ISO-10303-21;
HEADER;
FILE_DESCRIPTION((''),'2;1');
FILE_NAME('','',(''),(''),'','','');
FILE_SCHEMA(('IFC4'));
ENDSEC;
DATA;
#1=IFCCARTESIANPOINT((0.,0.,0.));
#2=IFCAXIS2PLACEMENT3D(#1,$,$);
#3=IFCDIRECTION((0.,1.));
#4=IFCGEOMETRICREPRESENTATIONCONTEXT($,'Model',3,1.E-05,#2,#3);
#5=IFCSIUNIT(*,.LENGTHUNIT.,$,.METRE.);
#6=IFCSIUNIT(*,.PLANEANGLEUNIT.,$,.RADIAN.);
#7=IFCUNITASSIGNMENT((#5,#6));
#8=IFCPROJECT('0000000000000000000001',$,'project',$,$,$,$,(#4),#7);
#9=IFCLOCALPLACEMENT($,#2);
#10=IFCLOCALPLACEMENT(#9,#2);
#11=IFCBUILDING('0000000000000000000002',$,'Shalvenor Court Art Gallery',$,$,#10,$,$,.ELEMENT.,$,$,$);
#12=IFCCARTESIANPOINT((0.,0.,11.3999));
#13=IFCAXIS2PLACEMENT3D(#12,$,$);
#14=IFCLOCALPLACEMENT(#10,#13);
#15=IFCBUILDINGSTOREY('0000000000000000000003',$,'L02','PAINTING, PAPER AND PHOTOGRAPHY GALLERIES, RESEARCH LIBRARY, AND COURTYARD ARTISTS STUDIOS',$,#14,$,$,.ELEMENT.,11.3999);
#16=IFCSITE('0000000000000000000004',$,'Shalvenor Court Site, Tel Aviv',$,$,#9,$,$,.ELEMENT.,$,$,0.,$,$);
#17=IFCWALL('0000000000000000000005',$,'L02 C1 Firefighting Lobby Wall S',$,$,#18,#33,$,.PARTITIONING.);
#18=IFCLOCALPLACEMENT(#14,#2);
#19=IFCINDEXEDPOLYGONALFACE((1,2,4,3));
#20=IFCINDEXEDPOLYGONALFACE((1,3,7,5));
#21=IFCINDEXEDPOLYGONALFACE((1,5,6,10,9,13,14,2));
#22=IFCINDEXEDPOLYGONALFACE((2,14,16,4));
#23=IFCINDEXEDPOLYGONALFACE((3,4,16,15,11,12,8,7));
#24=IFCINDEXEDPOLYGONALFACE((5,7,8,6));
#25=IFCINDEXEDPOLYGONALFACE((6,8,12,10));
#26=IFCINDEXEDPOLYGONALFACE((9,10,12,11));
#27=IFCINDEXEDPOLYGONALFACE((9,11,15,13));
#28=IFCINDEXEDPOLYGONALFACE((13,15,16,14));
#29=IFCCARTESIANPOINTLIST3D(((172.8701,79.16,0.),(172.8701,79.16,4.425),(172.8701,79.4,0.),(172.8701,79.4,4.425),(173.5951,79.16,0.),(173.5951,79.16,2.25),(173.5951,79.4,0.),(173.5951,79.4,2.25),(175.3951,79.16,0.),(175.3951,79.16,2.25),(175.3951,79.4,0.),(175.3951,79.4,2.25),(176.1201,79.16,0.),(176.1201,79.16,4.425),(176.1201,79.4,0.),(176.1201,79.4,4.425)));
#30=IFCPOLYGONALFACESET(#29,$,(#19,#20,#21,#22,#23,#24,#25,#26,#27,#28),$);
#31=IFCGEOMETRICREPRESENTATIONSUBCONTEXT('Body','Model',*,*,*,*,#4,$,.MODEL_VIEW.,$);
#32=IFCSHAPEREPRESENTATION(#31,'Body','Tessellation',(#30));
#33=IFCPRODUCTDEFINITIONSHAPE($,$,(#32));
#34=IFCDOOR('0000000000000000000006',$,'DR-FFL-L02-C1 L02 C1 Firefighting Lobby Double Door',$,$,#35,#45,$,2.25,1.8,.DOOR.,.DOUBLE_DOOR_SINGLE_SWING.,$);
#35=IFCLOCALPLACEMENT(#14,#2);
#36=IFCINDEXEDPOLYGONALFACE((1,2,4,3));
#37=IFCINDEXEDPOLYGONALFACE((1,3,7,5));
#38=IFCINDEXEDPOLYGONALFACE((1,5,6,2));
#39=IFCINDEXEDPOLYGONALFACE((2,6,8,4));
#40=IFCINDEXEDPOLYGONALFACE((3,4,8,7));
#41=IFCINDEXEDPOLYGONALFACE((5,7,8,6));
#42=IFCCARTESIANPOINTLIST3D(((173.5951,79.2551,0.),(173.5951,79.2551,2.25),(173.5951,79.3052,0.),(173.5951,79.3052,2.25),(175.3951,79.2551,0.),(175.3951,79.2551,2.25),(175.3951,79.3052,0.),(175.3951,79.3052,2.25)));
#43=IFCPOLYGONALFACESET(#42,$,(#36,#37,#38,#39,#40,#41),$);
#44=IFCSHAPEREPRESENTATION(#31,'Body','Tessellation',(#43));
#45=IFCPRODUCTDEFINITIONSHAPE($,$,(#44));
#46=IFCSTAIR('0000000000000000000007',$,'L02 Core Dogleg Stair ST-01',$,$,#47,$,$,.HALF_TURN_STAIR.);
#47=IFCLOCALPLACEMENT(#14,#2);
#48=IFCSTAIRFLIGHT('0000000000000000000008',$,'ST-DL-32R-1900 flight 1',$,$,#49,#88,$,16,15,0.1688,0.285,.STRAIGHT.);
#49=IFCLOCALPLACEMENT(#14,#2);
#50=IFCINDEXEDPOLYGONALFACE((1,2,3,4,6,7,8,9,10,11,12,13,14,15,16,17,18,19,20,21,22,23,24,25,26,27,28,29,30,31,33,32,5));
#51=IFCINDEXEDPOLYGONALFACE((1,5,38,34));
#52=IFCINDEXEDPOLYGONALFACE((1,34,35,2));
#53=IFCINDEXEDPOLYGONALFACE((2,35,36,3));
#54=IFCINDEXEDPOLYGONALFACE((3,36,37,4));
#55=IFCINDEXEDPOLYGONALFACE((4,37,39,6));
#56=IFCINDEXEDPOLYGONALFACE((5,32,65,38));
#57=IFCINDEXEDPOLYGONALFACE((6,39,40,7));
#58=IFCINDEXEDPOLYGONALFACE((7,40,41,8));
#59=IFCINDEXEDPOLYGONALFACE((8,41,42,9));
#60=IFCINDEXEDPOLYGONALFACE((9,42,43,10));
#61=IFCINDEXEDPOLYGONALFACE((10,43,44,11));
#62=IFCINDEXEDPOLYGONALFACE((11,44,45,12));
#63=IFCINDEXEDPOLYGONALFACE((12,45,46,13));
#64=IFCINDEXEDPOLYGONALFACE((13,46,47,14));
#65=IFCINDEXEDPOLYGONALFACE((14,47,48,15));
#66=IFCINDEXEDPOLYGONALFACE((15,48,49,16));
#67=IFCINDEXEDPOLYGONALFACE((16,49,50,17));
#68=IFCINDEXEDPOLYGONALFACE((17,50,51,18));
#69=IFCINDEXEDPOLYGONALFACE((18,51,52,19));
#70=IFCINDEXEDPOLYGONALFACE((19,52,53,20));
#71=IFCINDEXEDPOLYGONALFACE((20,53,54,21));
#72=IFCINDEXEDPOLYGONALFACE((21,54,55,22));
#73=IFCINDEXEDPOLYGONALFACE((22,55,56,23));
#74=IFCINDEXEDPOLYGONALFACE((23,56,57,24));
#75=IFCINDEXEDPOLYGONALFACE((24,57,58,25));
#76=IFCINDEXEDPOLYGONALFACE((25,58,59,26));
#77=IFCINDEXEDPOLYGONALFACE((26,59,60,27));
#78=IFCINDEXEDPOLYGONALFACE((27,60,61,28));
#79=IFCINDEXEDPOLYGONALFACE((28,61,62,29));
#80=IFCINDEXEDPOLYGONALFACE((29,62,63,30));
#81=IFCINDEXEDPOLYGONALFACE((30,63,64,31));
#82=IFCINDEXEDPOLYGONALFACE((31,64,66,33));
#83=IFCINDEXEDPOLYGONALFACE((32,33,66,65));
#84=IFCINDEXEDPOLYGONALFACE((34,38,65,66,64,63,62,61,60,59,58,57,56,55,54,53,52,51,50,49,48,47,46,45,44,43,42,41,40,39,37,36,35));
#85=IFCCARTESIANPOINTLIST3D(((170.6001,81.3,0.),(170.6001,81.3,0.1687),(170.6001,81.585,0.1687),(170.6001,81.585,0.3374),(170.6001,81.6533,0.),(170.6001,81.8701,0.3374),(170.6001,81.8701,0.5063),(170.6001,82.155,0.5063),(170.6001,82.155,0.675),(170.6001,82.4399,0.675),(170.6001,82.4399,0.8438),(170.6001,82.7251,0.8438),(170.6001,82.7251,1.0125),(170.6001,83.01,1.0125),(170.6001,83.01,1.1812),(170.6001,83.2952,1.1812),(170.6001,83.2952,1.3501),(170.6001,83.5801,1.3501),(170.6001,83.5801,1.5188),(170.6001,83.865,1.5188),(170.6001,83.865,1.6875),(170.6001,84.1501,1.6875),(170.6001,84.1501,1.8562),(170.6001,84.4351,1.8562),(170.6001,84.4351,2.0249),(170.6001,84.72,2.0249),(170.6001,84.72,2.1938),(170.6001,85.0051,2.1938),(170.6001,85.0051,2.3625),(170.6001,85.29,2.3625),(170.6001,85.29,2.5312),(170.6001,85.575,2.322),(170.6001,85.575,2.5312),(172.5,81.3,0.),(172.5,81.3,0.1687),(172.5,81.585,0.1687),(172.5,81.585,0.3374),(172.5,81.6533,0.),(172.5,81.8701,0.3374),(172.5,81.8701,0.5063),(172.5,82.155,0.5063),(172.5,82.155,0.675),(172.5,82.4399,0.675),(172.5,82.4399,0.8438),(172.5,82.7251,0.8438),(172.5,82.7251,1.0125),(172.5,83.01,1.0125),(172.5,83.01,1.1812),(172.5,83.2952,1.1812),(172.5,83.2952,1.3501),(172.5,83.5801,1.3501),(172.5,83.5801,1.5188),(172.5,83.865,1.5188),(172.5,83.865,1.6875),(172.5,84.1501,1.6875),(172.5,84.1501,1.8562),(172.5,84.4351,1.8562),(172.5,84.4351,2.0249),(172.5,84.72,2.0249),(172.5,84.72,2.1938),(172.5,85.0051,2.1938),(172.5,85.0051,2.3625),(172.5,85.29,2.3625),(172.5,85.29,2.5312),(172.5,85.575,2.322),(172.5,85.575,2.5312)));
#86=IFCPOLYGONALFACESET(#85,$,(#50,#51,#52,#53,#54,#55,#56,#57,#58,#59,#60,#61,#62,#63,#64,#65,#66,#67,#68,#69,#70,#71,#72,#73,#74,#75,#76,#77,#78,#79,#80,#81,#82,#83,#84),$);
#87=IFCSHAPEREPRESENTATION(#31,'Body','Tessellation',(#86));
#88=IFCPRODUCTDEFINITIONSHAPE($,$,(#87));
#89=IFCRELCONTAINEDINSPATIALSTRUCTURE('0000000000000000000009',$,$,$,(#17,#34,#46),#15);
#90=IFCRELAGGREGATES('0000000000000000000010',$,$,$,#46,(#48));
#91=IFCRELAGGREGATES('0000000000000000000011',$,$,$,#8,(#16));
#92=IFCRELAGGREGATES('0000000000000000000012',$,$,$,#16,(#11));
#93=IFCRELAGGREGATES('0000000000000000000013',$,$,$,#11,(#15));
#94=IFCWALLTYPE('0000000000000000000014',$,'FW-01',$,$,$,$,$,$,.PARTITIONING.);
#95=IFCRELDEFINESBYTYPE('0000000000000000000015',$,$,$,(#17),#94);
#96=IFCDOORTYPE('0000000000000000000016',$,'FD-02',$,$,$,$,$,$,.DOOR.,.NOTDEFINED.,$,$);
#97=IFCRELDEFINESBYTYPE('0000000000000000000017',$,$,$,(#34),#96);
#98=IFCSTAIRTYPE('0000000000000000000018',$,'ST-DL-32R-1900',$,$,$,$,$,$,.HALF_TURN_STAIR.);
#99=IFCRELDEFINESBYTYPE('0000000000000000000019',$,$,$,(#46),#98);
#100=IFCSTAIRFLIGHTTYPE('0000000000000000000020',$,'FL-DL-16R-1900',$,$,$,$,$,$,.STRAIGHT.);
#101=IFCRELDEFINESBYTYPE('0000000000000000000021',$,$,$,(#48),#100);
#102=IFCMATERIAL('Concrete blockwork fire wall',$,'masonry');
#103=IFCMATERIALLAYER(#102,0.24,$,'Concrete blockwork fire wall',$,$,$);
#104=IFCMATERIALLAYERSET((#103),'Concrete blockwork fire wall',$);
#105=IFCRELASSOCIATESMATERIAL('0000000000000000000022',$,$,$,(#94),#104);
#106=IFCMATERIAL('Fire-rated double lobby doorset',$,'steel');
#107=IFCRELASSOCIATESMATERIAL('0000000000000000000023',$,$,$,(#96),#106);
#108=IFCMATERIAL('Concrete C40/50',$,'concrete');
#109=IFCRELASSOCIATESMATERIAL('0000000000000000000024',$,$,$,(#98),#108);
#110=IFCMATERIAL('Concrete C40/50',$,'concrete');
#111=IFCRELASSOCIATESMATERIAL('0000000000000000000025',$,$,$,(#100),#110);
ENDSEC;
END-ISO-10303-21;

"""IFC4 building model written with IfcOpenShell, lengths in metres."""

from ifc_helpers import new_model, si_unit, direction, frame, frame_2d, origin, place, context, subcontext, project, spatial, polyline, rectangle, outline, extrude, material, layer, layer_set, type_object, element, fill, aggregate, save


model = new_model("IFC4")

# Units and contexts
model_context = context("Model", 3, precision=1e-05, world=origin(), true_north=direction((0.0, 1.0)))
body_context = subcontext(model_context, "Body", "Model", "MODEL_VIEW")
ifc_project = project(units=[si_unit("LENGTHUNIT", "METRE"), si_unit("PLANEANGLEUNIT", "RADIAN")], contexts=[model_context])

# Site, building, storey
site_placement = place(None, origin())
site = spatial("IfcSite", under=ifc_project, at=site_placement, Name="Shalvenor Court Site, Tel Aviv", CompositionType="ELEMENT", RefElevation=0.0)
building_placement = place(site_placement, origin())
building = spatial("IfcBuilding", under=site, at=building_placement, Name="Shalvenor Court Art Gallery", CompositionType="ELEMENT")
storey_placement = place(building_placement, frame((0.0, 0.0, 11.3999)))
storey = spatial("IfcBuildingStorey", under=building, at=storey_placement, Name="L02", Description="PAINTING, PAPER AND PHOTOGRAPHY GALLERIES, RESEARCH LIBRARY, AND COURTYARD ARTISTS STUDIOS", CompositionType="ELEMENT", Elevation=11.3999)

# Shared definitions
ifc_material_1 = material(Name="Concrete blockwork fire wall", Category="masonry")
ifc_layer_1 = layer(ifc_material_1, 0.24, Name="Concrete blockwork fire wall")
ifc_layer_set_1 = layer_set([ifc_layer_1], Name="Concrete blockwork fire wall")
wall_type_1 = type_object("IfcWallType", Name="FW-01", PredefinedType="PARTITIONING", material=ifc_layer_set_1)

# Wall, opening, door
wall_1_placement = place(storey_placement, frame((176.1201, 79.28, 0.0), z_axis=(0.0, 0.0, 1.0), x_axis=(-1.0, 0.0, 0.0)))
wall_1 = element("IfcWall", 1, at=wall_1_placement, inside=storey, type_object=wall_type_1, Name="L02 C1 Firefighting Lobby Wall S", PredefinedType="PARTITIONING", context=body_context, shape_type="SweptSolid", body=[
    extrude(rectangle(XDim=3.25, YDim=0.24, at=frame_2d((1.625, 0.0))), origin(), (0.0, 0.0, 1.0), 4.425),
])
opening_1_placement = place(wall_1_placement, frame((0.7251, 0.0, 0.0)))
opening_1 = element("IfcOpeningElement", 2, at=opening_1_placement, cuts=wall_1, PredefinedType="OPENING", context=body_context, shape_type="SweptSolid", body=[
    extrude(rectangle(XDim=1.8, YDim=2.25, at=frame_2d((0.8999, 1.125))), frame((0.0, 0.1299, 0.0), z_axis=(0.0, -1.0, 0.0), x_axis=(1.0, 0.0, 0.0)), (0.0, 0.0, 1.0), 0.26),
])
ifc_material_2 = material(Name="Fire-rated double lobby doorset", Category="steel")
door_type_1 = type_object("IfcDoorType", Name="FD-02", OperationType="NOTDEFINED", PredefinedType="DOOR", material=ifc_material_2)
door_1_placement = place(opening_1_placement, origin())
door_1 = element("IfcDoor", 3, at=door_1_placement, inside=storey, type_object=door_type_1, Name="DR-FFL-L02-C1 L02 C1 Firefighting Lobby Double Door", OperationType="DOUBLE_DOOR_SINGLE_SWING", OverallHeight=2.25, OverallWidth=1.8, PredefinedType="DOOR", context=body_context, shape_type="SweptSolid", body=[
    extrude(rectangle(XDim=1.8, YDim=2.25, at=frame_2d((0.8999, 1.125))), frame((0.0, 0.0249, 0.0), z_axis=(0.0, -1.0, 0.0), x_axis=(1.0, 0.0, 0.0)), (0.0, 0.0, 1.0), 0.05),
])
fill(opening_1, door_1)

# Stair, stair flight
ifc_material_3 = material(Name="Concrete C40/50", Category="concrete")
stair_type = type_object("IfcStairType", Name="ST-DL-32R-1900", PredefinedType="HALF_TURN_STAIR", material=ifc_material_3)
stair_placement = place(storey_placement, origin())
stair = element("IfcStair", 4, at=stair_placement, inside=storey, type_object=stair_type, Name="L02 Core Dogleg Stair ST-01", PredefinedType="HALF_TURN_STAIR")
ifc_material_4 = material(Name="Concrete C40/50", Category="concrete")
stair_flight_type = type_object("IfcStairFlightType", Name="FL-DL-16R-1900", PredefinedType="STRAIGHT", material=ifc_material_4)
stair_flight_placement = place(storey_placement, frame((171.55, 81.3, 0.0), z_axis=(0.0, 0.0, 1.0), x_axis=(0.0, 1.0, 0.0)))
stair_flight = element("IfcStairFlight", 5, at=stair_flight_placement, type_object=stair_flight_type, Name="ST-DL-32R-1900 flight 1", NumberOfRisers=16, NumberOfTreads=15, PredefinedType="STRAIGHT", RiserHeight=0.1688, TreadLength=0.285, context=body_context, shape_type="SweptSolid", body=[
    extrude(outline(polyline([(0.0, 0.0), (0.0, 0.1687), (0.2849, 0.1687), (0.2849, 0.3374), (0.5701, 0.3374), (0.5701, 0.5063), (0.855, 0.5063), (0.855, 0.675), (1.1399, 0.675), (1.1399, 0.8438), (1.425, 0.8438), (1.425, 1.0125), (1.71, 1.0125), (1.71, 1.1812), (1.9951, 1.1812), (1.9951, 1.3501), (2.28, 1.3501), (2.28, 1.5188), (2.5649, 1.5188), (2.5649, 1.6875), (2.8501, 1.6875), (2.8501, 1.8562), (3.135, 1.8562), (3.135, 2.0249), (3.4199, 2.0249), (3.4199, 2.1938), (3.7051, 2.1938), (3.7051, 2.3625), (3.99, 2.3625), (3.99, 2.5312), (4.2749, 2.5312), (4.2749, 2.7), (4.2749, 2.322), (0.3533, 0.0), (0.0, 0.0)])), frame((0.0, 0.95, 0.0), z_axis=(0.0, -1.0, 0.0), x_axis=(1.0, 0.0, 0.0)), (0.0, 0.0, 1.0), 1.8999),
])
aggregate(stair, [stair_flight])

save(model, "model.ifc")
